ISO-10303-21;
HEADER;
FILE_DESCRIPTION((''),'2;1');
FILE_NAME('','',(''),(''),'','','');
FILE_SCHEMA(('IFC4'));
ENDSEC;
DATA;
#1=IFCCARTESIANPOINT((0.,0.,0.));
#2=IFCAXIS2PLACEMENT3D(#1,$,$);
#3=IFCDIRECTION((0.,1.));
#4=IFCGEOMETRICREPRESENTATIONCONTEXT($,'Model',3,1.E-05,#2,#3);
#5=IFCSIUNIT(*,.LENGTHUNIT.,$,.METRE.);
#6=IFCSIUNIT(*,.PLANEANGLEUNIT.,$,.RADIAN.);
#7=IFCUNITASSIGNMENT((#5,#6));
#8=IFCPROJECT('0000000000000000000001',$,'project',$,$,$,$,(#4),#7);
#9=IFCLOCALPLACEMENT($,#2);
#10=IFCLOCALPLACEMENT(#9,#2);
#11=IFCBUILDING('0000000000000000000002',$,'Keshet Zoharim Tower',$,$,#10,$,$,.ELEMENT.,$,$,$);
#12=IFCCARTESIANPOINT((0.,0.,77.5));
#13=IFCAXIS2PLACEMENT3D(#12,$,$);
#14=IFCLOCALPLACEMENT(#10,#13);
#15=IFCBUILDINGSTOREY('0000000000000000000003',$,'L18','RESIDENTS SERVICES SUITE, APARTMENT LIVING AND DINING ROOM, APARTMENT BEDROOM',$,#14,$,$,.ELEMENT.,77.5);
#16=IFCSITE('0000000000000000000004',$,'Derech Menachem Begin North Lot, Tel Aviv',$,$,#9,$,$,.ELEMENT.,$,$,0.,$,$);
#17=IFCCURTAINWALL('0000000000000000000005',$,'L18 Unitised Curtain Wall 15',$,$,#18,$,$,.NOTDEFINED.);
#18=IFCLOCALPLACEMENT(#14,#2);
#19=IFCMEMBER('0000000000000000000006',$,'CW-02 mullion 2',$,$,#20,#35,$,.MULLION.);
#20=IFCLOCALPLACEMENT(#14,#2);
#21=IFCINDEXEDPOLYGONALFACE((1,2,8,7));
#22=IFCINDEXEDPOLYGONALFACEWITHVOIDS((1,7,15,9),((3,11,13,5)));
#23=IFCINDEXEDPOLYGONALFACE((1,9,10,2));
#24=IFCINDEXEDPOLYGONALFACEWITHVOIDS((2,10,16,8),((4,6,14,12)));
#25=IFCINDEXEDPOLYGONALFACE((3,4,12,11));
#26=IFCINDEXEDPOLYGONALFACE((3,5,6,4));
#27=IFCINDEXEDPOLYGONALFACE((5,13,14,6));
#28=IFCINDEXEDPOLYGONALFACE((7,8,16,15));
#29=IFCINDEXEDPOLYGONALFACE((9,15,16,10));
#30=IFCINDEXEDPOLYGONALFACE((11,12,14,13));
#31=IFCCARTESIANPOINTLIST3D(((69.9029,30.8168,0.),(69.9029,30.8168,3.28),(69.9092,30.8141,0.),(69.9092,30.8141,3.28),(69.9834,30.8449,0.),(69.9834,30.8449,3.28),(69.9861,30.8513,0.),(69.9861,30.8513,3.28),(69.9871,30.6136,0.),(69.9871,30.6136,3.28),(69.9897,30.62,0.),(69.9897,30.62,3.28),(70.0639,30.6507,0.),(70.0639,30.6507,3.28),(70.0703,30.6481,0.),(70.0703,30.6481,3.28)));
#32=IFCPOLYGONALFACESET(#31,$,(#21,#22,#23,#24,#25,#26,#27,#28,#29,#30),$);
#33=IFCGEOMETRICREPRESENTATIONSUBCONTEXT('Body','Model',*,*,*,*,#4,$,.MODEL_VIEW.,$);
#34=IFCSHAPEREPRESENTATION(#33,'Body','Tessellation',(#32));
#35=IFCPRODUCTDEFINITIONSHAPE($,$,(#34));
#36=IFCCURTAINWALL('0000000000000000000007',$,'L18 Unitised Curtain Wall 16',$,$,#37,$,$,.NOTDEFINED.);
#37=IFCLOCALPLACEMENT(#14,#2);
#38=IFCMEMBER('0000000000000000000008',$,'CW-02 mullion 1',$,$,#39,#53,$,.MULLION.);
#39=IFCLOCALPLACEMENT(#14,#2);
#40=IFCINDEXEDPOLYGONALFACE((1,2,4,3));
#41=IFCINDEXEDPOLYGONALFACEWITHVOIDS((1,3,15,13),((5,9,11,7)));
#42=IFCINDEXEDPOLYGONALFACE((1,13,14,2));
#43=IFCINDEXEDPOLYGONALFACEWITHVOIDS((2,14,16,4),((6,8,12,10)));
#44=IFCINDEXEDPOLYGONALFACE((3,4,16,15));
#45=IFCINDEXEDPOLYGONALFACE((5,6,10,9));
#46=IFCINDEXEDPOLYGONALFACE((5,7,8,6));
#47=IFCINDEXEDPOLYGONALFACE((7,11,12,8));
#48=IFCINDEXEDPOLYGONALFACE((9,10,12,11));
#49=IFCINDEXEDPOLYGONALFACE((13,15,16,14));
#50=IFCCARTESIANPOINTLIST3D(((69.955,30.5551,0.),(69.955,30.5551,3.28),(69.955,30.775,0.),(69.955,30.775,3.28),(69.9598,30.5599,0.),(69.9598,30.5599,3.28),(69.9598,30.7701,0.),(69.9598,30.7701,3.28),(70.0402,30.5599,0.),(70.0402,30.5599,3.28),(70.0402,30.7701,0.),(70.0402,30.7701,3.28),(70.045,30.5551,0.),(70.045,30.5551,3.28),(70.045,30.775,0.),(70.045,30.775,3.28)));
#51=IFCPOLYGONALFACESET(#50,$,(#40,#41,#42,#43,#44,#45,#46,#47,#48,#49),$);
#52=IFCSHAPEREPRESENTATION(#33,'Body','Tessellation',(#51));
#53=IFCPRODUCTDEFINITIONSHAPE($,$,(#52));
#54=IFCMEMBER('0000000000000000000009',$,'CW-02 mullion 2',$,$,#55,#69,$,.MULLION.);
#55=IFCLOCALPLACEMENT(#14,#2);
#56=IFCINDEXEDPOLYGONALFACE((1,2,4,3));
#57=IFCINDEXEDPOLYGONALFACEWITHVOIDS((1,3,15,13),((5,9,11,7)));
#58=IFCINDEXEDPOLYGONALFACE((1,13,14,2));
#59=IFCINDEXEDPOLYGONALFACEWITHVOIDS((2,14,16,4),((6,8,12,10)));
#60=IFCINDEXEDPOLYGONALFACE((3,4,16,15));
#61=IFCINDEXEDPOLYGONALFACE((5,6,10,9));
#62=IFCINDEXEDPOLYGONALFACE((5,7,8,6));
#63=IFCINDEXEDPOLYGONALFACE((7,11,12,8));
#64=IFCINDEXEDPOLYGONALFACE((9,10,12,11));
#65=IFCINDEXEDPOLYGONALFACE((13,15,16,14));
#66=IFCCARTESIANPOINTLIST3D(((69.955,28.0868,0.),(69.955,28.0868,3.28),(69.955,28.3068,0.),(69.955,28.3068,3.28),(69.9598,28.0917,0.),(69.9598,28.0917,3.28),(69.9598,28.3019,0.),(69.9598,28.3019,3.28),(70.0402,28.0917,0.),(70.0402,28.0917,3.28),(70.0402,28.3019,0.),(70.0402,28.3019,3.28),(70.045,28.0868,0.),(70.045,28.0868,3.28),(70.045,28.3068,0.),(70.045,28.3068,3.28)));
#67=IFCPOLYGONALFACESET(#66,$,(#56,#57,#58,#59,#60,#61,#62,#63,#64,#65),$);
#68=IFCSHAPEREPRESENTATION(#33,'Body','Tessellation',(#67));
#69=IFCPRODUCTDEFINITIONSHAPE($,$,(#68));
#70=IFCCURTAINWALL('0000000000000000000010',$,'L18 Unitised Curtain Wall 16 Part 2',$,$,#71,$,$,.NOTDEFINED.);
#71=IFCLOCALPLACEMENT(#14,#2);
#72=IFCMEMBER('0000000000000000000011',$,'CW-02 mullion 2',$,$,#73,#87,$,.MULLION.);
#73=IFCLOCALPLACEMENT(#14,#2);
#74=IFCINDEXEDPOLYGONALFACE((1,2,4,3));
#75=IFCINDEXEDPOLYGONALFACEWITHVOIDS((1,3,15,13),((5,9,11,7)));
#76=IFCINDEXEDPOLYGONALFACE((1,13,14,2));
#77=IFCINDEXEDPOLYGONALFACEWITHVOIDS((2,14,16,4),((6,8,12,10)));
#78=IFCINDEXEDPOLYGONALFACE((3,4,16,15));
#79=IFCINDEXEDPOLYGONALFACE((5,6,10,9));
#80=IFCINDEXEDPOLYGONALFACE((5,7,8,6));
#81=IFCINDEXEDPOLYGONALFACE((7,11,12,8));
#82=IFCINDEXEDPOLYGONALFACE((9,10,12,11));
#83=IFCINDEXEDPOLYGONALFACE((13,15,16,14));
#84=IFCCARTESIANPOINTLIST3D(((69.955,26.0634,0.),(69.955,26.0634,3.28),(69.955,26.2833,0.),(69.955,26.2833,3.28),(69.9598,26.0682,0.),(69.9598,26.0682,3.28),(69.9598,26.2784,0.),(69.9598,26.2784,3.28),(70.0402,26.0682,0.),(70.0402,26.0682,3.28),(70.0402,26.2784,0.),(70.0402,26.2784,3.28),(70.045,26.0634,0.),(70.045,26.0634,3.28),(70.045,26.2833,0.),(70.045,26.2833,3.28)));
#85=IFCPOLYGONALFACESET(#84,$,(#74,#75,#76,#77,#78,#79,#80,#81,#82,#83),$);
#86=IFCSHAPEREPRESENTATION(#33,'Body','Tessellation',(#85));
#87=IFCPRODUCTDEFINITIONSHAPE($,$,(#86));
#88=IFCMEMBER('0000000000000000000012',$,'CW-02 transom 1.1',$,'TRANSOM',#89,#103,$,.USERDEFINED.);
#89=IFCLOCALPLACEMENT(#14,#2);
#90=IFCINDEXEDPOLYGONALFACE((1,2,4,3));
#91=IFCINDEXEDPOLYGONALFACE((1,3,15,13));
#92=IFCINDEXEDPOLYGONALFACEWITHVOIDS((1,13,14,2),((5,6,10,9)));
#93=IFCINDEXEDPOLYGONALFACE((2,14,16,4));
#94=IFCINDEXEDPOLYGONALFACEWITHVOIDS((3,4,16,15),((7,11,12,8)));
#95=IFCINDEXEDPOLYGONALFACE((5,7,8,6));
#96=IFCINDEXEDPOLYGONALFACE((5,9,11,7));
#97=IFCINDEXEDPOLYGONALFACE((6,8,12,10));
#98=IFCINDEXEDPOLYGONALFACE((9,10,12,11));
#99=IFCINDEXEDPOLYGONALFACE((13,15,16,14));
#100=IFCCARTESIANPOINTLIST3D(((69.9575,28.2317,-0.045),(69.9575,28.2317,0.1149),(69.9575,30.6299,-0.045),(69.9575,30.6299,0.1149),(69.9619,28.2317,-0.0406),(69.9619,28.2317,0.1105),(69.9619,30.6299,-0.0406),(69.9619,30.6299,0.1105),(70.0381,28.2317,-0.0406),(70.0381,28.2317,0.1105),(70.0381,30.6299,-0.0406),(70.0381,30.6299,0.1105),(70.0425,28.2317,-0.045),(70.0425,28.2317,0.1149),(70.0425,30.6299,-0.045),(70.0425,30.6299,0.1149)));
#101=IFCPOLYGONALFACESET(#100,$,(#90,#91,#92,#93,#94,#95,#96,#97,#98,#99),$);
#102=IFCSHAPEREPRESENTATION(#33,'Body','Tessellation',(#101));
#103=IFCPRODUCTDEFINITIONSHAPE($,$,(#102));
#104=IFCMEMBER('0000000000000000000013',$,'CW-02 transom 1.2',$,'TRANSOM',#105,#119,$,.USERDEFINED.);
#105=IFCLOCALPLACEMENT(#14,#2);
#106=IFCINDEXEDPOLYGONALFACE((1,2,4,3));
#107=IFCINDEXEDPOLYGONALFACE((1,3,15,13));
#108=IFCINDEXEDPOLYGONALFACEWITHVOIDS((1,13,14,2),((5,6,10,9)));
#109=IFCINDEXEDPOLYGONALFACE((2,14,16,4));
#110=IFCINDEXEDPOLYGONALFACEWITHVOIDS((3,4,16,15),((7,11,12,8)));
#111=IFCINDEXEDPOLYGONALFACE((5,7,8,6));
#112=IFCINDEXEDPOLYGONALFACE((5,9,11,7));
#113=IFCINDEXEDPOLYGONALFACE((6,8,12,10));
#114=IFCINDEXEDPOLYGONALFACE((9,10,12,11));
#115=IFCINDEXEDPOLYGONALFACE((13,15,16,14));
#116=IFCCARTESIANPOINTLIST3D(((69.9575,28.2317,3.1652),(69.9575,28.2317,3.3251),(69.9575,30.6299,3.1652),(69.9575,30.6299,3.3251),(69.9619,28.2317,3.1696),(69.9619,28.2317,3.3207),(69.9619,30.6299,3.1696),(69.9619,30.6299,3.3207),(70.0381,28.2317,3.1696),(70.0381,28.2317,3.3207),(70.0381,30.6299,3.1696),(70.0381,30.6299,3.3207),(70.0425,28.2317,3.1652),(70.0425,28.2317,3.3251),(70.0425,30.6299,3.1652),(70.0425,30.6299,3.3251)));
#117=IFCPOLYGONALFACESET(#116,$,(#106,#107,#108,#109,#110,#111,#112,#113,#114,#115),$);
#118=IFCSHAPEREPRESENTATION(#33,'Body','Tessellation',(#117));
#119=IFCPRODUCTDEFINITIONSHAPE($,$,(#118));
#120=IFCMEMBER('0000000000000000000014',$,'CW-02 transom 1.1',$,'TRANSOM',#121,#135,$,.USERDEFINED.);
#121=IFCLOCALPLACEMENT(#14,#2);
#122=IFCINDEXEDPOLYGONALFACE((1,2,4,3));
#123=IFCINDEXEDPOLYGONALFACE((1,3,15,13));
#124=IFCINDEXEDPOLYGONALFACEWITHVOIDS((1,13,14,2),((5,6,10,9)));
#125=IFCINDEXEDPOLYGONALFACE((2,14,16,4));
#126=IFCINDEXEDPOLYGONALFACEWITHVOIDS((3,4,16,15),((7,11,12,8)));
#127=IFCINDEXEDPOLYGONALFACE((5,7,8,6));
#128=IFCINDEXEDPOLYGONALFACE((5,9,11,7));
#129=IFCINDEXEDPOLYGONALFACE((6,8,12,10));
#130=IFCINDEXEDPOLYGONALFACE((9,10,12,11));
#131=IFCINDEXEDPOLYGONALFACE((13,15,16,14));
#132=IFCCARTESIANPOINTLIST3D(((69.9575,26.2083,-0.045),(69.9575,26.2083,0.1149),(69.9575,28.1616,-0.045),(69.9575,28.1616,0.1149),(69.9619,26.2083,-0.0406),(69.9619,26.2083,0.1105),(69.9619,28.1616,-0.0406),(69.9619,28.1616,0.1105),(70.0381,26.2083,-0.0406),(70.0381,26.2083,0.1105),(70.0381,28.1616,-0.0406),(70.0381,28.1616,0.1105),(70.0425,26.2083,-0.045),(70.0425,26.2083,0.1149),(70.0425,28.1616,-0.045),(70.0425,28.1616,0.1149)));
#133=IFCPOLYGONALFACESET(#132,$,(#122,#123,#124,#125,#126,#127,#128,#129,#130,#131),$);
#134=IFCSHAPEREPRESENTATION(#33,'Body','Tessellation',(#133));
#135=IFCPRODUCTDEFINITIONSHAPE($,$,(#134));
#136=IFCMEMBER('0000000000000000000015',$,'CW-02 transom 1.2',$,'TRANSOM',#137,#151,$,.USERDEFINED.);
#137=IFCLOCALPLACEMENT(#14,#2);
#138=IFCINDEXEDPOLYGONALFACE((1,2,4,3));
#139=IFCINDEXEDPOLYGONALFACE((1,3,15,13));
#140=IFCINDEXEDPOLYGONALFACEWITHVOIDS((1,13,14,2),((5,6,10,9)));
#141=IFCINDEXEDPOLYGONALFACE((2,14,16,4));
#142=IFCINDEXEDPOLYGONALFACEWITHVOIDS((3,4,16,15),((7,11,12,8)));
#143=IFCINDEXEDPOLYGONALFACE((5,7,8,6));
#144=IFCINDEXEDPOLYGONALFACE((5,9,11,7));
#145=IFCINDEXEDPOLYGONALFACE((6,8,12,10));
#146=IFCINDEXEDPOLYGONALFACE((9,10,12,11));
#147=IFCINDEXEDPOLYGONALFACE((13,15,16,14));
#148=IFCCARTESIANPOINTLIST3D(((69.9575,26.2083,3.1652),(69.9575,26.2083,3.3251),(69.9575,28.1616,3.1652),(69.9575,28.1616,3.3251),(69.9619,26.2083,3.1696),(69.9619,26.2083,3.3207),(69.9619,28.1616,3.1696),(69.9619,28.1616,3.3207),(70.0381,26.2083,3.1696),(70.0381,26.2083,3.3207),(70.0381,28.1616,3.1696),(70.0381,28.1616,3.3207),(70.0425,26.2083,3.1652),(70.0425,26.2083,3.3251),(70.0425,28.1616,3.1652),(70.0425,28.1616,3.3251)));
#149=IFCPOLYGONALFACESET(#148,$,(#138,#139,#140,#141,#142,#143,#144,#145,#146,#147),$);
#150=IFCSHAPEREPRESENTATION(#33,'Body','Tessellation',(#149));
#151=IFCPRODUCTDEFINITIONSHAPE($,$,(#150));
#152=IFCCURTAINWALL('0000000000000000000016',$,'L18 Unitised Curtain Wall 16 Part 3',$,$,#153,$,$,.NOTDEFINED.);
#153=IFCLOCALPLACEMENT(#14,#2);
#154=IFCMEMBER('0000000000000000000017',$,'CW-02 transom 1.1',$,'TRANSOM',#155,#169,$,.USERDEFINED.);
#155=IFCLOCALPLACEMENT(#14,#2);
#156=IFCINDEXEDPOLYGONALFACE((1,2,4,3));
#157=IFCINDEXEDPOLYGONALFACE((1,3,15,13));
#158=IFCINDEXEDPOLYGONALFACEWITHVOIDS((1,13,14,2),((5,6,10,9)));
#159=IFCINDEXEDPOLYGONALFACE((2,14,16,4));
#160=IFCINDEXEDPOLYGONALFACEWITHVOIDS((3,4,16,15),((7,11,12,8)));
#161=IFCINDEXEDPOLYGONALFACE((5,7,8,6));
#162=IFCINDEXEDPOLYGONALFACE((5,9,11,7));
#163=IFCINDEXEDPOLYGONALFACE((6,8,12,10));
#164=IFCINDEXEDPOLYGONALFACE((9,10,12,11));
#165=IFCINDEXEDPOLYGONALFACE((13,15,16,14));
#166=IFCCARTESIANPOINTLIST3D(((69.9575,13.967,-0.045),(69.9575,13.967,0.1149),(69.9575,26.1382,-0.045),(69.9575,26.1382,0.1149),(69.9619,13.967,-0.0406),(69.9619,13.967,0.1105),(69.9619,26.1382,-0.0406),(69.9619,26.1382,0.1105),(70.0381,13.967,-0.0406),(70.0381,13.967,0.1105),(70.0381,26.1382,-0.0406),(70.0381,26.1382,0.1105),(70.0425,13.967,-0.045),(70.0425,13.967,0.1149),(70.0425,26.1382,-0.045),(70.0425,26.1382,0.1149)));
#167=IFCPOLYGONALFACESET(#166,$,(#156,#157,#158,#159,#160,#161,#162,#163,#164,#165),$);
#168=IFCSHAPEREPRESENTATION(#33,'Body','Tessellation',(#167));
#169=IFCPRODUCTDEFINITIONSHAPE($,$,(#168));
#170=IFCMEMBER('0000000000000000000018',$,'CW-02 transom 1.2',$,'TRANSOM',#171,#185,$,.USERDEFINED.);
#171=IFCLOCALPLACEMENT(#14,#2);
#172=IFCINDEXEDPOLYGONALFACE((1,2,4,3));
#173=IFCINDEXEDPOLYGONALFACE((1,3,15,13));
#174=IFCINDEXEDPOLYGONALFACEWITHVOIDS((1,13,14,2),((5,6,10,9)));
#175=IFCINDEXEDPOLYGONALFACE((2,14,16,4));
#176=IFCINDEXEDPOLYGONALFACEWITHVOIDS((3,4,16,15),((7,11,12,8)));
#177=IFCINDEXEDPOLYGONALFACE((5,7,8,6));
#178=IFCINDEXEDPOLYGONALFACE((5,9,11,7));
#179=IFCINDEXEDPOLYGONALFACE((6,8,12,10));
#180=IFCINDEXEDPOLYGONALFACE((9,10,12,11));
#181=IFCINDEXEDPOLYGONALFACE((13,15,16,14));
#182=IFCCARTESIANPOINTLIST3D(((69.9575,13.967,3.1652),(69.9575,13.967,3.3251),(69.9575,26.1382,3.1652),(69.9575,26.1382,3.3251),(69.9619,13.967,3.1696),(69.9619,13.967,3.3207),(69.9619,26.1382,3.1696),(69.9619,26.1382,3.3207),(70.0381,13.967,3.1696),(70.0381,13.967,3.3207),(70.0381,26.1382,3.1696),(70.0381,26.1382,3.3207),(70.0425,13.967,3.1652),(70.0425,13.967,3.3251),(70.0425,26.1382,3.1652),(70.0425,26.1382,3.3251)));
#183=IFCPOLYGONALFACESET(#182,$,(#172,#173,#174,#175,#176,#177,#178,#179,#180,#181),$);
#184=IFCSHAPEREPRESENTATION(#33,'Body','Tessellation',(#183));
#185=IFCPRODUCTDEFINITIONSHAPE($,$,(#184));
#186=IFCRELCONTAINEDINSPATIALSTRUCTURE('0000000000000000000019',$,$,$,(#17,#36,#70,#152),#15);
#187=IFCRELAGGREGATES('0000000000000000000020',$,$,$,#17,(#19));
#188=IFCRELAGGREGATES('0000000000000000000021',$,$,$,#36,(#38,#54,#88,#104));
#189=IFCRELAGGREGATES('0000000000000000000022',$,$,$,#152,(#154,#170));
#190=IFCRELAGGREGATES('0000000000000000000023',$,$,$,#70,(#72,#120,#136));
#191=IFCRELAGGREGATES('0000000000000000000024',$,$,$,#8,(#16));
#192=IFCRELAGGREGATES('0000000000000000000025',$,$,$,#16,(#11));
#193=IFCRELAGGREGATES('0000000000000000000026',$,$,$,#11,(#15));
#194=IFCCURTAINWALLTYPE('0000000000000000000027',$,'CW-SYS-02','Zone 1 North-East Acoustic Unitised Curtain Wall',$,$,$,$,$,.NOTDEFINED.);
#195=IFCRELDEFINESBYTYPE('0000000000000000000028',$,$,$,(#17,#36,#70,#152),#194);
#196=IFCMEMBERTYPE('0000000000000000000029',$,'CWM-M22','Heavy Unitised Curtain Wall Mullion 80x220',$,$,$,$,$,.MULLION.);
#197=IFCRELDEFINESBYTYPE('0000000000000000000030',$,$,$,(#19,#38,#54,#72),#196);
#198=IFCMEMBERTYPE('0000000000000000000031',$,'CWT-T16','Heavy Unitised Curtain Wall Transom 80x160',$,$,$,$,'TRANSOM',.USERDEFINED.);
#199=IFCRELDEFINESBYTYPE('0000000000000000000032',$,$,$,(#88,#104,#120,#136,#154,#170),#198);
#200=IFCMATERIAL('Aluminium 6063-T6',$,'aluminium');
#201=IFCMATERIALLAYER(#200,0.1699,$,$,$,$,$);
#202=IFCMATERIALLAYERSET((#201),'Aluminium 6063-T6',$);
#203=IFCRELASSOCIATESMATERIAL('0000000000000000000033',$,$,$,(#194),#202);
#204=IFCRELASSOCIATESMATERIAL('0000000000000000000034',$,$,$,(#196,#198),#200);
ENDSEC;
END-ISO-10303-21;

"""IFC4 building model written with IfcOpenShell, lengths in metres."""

from ifc_helpers import new_model, si_unit, direction, frame, origin, origin_2d, place, context, subcontext, project, spatial, hollow_rectangle, extrude, material, layer, layer_set, material_profile, profile_set, type_object, element, aggregate, save


model = new_model("IFC4")

# Units and contexts
model_context = context("Model", 3, precision=1e-05, world=origin(), true_north=direction((0.0, 1.0)))
body_context = subcontext(model_context, "Body", "Model", "MODEL_VIEW")
ifc_project = project(units=[si_unit("LENGTHUNIT", "METRE"), si_unit("PLANEANGLEUNIT", "RADIAN")], contexts=[model_context])

# Site, building, storey
site_placement = place(None, origin())
site = spatial("IfcSite", under=ifc_project, at=site_placement, Name="Derech Menachem Begin North Lot, Tel Aviv", CompositionType="ELEMENT", RefElevation=0.0)
building_placement = place(site_placement, origin())
building = spatial("IfcBuilding", under=site, at=building_placement, Name="Keshet Zoharim Tower", CompositionType="ELEMENT")
storey_placement = place(building_placement, frame((0.0, 0.0, 77.5)))
storey = spatial("IfcBuildingStorey", under=building, at=storey_placement, Name="L18", Description="RESIDENTS SERVICES SUITE, APARTMENT LIVING AND DINING ROOM, APARTMENT BEDROOM", CompositionType="ELEMENT", Elevation=77.5)

# Curtain wall, member
ifc_material_1 = material(Name="Aluminium 6063-T6", Category="aluminium")
ifc_layer_1 = layer(ifc_material_1, 0.1699)
ifc_layer_set_1 = layer_set([ifc_layer_1], Name="Aluminium 6063-T6")
curtain_wall_type = type_object("IfcCurtainWallType", Name="CW-SYS-02", Description="Zone 1 North-East Acoustic Unitised Curtain Wall", PredefinedType="NOTDEFINED", material=ifc_layer_set_1)
curtain_wall_1_placement = place(storey_placement, origin())
curtain_wall_1 = element("IfcCurtainWall", 1, at=curtain_wall_1_placement, inside=storey, type_object=curtain_wall_type, Name="L18 Unitised Curtain Wall 15", PredefinedType="NOTDEFINED")
ifc_material_profile_1 = material_profile(ifc_material_1, hollow_rectangle(XDim=0.0901, YDim=0.22, WallThickness=0.0049, at=origin_2d()), Name="MUL-90x220")
ifc_profile_set_1 = profile_set([ifc_material_profile_1], Name="Aluminium 6063-T6")
member_type_1 = type_object("IfcMemberType", Name="CWM-M22", Description="Heavy Unitised Curtain Wall Mullion 80x220", PredefinedType="MULLION", material=ifc_profile_set_1)
member_1_placement = place(storey_placement, frame((69.9866, 30.7324, 0.0), z_axis=(0.0, 0.0, 1.0), x_axis=(0.92381, 0.382852, 0.0)))
member_1 = element("IfcMember", 2, at=member_1_placement, type_object=member_type_1, Name="CW-02 mullion 2", PredefinedType="MULLION", context=body_context, shape_type="SweptSolid", body=[
    extrude(hollow_rectangle(XDim=0.0901, YDim=0.22, WallThickness=0.0049, at=origin_2d()), origin(), (0.0, 0.0, 1.0), 3.28),
])

# Curtain wall, members
curtain_wall_2_placement = place(storey_placement, origin())
curtain_wall_2 = element("IfcCurtainWall", 3, at=curtain_wall_2_placement, inside=storey, type_object=curtain_wall_type, Name="L18 Unitised Curtain Wall 16", PredefinedType="NOTDEFINED")
member_2_placement = place(storey_placement, frame((70.0, 30.665, 0.0), z_axis=(0.0, 0.0, 1.0), x_axis=(1.0, 0.0, 0.0)))
member_2 = element("IfcMember", 4, at=member_2_placement, type_object=member_type_1, Name="CW-02 mullion 1", PredefinedType="MULLION", context=body_context, shape_type="SweptSolid", body=[
    extrude(hollow_rectangle(XDim=0.0901, YDim=0.22, WallThickness=0.0049, at=origin_2d()), origin(), (0.0, 0.0, 1.0), 3.28),
])
member_3_placement = place(storey_placement, frame((70.0, 28.1968, 0.0), z_axis=(0.0, 0.0, 1.0), x_axis=(1.0, 0.0, 0.0)))
member_3 = element("IfcMember", 5, at=member_3_placement, type_object=member_type_1, Name="CW-02 mullion 2", PredefinedType="MULLION", context=body_context, shape_type="SweptSolid", body=[
    extrude(hollow_rectangle(XDim=0.0901, YDim=0.22, WallThickness=0.0049, at=origin_2d()), origin(), (0.0, 0.0, 1.0), 3.28),
])

# Curtain wall, member
curtain_wall_3_placement = place(storey_placement, origin())
curtain_wall_3 = element("IfcCurtainWall", 6, at=curtain_wall_3_placement, inside=storey, type_object=curtain_wall_type, Name="L18 Unitised Curtain Wall 16 Part 2", PredefinedType="NOTDEFINED")
member_4_placement = place(storey_placement, frame((70.0, 26.1733, 0.0), z_axis=(0.0, 0.0, 1.0), x_axis=(1.0, 0.0, 0.0)))
member_4 = element("IfcMember", 7, at=member_4_placement, type_object=member_type_1, Name="CW-02 mullion 2", PredefinedType="MULLION", context=body_context, shape_type="SweptSolid", body=[
    extrude(hollow_rectangle(XDim=0.0901, YDim=0.22, WallThickness=0.0049, at=origin_2d()), origin(), (0.0, 0.0, 1.0), 3.28),
])

# Members
ifc_material_profile_2 = material_profile(ifc_material_1, hollow_rectangle(XDim=0.085, YDim=0.1599, WallThickness=0.0044, at=origin_2d()), Name="TRN-85x160")
ifc_profile_set_2 = profile_set([ifc_material_profile_2], Name="Aluminium 6063-T6")
member_type_2 = type_object("IfcMemberType", Name="CWT-T16", Description="Heavy Unitised Curtain Wall Transom 80x160", ElementType="TRANSOM", PredefinedType="USERDEFINED", material=ifc_profile_set_2)
member_5_placement = place(storey_placement, frame((70.0, 30.6299, 0.0349), z_axis=(0.0, -1.0, 0.0), x_axis=(1.0, 0.0, 0.0)))
member_5 = element("IfcMember", 8, at=member_5_placement, type_object=member_type_2, Name="CW-02 transom 1.1", ObjectType="TRANSOM", PredefinedType="USERDEFINED", context=body_context, shape_type="SweptSolid", body=[
    extrude(hollow_rectangle(XDim=0.085, YDim=0.1599, WallThickness=0.0044, at=origin_2d()), origin(), (0.0, 0.0, 1.0), 2.3982),
])
member_6_placement = place(storey_placement, frame((70.0, 30.6299, 3.2451), z_axis=(0.0, -1.0, 0.0), x_axis=(1.0, 0.0, 0.0)))
member_6 = element("IfcMember", 9, at=member_6_placement, type_object=member_type_2, Name="CW-02 transom 1.2", ObjectType="TRANSOM", PredefinedType="USERDEFINED", context=body_context, shape_type="SweptSolid", body=[
    extrude(hollow_rectangle(XDim=0.085, YDim=0.1599, WallThickness=0.0044, at=origin_2d()), origin(), (0.0, 0.0, 1.0), 2.3982),
])
member_7_placement = place(storey_placement, frame((70.0, 28.1616, 0.0349), z_axis=(0.0, -1.0, 0.0), x_axis=(1.0, 0.0, 0.0)))
member_7 = element("IfcMember", 10, at=member_7_placement, type_object=member_type_2, Name="CW-02 transom 1.1", ObjectType="TRANSOM", PredefinedType="USERDEFINED", context=body_context, shape_type="SweptSolid", body=[
    extrude(hollow_rectangle(XDim=0.085, YDim=0.1599, WallThickness=0.0044, at=origin_2d()), origin(), (0.0, 0.0, 1.0), 1.9534),
])
member_8_placement = place(storey_placement, frame((70.0, 28.1616, 3.2451), z_axis=(0.0, -1.0, 0.0), x_axis=(1.0, 0.0, 0.0)))
member_8 = element("IfcMember", 11, at=member_8_placement, type_object=member_type_2, Name="CW-02 transom 1.2", ObjectType="TRANSOM", PredefinedType="USERDEFINED", context=body_context, shape_type="SweptSolid", body=[
    extrude(hollow_rectangle(XDim=0.085, YDim=0.1599, WallThickness=0.0044, at=origin_2d()), origin(), (0.0, 0.0, 1.0), 1.9534),
])

# Curtain wall, members
curtain_wall_4_placement = place(storey_placement, origin())
curtain_wall_4 = element("IfcCurtainWall", 12, at=curtain_wall_4_placement, inside=storey, type_object=curtain_wall_type, Name="L18 Unitised Curtain Wall 16 Part 3", PredefinedType="NOTDEFINED")
member_9_placement = place(storey_placement, frame((70.0, 26.1382, 0.0349), z_axis=(0.0, -1.0, 0.0), x_axis=(1.0, 0.0, 0.0)))
member_9 = element("IfcMember", 13, at=member_9_placement, type_object=member_type_2, Name="CW-02 transom 1.1", ObjectType="TRANSOM", PredefinedType="USERDEFINED", context=body_context, shape_type="SweptSolid", body=[
    extrude(hollow_rectangle(XDim=0.085, YDim=0.1599, WallThickness=0.0044, at=origin_2d()), origin(), (0.0, 0.0, 1.0), 12.1711),
])
member_10_placement = place(storey_placement, frame((70.0, 26.1382, 3.2451), z_axis=(0.0, -1.0, 0.0), x_axis=(1.0, 0.0, 0.0)))
member_10 = element("IfcMember", 14, at=member_10_placement, type_object=member_type_2, Name="CW-02 transom 1.2", ObjectType="TRANSOM", PredefinedType="USERDEFINED", context=body_context, shape_type="SweptSolid", body=[
    extrude(hollow_rectangle(XDim=0.085, YDim=0.1599, WallThickness=0.0044, at=origin_2d()), origin(), (0.0, 0.0, 1.0), 12.1711),
])

aggregate(curtain_wall_1, [member_1])
aggregate(curtain_wall_2, [member_2, member_3, member_5, member_6])
aggregate(curtain_wall_4, [member_9, member_10])
aggregate(curtain_wall_3, [member_4, member_7, member_8])

save(model, "model.ifc")
